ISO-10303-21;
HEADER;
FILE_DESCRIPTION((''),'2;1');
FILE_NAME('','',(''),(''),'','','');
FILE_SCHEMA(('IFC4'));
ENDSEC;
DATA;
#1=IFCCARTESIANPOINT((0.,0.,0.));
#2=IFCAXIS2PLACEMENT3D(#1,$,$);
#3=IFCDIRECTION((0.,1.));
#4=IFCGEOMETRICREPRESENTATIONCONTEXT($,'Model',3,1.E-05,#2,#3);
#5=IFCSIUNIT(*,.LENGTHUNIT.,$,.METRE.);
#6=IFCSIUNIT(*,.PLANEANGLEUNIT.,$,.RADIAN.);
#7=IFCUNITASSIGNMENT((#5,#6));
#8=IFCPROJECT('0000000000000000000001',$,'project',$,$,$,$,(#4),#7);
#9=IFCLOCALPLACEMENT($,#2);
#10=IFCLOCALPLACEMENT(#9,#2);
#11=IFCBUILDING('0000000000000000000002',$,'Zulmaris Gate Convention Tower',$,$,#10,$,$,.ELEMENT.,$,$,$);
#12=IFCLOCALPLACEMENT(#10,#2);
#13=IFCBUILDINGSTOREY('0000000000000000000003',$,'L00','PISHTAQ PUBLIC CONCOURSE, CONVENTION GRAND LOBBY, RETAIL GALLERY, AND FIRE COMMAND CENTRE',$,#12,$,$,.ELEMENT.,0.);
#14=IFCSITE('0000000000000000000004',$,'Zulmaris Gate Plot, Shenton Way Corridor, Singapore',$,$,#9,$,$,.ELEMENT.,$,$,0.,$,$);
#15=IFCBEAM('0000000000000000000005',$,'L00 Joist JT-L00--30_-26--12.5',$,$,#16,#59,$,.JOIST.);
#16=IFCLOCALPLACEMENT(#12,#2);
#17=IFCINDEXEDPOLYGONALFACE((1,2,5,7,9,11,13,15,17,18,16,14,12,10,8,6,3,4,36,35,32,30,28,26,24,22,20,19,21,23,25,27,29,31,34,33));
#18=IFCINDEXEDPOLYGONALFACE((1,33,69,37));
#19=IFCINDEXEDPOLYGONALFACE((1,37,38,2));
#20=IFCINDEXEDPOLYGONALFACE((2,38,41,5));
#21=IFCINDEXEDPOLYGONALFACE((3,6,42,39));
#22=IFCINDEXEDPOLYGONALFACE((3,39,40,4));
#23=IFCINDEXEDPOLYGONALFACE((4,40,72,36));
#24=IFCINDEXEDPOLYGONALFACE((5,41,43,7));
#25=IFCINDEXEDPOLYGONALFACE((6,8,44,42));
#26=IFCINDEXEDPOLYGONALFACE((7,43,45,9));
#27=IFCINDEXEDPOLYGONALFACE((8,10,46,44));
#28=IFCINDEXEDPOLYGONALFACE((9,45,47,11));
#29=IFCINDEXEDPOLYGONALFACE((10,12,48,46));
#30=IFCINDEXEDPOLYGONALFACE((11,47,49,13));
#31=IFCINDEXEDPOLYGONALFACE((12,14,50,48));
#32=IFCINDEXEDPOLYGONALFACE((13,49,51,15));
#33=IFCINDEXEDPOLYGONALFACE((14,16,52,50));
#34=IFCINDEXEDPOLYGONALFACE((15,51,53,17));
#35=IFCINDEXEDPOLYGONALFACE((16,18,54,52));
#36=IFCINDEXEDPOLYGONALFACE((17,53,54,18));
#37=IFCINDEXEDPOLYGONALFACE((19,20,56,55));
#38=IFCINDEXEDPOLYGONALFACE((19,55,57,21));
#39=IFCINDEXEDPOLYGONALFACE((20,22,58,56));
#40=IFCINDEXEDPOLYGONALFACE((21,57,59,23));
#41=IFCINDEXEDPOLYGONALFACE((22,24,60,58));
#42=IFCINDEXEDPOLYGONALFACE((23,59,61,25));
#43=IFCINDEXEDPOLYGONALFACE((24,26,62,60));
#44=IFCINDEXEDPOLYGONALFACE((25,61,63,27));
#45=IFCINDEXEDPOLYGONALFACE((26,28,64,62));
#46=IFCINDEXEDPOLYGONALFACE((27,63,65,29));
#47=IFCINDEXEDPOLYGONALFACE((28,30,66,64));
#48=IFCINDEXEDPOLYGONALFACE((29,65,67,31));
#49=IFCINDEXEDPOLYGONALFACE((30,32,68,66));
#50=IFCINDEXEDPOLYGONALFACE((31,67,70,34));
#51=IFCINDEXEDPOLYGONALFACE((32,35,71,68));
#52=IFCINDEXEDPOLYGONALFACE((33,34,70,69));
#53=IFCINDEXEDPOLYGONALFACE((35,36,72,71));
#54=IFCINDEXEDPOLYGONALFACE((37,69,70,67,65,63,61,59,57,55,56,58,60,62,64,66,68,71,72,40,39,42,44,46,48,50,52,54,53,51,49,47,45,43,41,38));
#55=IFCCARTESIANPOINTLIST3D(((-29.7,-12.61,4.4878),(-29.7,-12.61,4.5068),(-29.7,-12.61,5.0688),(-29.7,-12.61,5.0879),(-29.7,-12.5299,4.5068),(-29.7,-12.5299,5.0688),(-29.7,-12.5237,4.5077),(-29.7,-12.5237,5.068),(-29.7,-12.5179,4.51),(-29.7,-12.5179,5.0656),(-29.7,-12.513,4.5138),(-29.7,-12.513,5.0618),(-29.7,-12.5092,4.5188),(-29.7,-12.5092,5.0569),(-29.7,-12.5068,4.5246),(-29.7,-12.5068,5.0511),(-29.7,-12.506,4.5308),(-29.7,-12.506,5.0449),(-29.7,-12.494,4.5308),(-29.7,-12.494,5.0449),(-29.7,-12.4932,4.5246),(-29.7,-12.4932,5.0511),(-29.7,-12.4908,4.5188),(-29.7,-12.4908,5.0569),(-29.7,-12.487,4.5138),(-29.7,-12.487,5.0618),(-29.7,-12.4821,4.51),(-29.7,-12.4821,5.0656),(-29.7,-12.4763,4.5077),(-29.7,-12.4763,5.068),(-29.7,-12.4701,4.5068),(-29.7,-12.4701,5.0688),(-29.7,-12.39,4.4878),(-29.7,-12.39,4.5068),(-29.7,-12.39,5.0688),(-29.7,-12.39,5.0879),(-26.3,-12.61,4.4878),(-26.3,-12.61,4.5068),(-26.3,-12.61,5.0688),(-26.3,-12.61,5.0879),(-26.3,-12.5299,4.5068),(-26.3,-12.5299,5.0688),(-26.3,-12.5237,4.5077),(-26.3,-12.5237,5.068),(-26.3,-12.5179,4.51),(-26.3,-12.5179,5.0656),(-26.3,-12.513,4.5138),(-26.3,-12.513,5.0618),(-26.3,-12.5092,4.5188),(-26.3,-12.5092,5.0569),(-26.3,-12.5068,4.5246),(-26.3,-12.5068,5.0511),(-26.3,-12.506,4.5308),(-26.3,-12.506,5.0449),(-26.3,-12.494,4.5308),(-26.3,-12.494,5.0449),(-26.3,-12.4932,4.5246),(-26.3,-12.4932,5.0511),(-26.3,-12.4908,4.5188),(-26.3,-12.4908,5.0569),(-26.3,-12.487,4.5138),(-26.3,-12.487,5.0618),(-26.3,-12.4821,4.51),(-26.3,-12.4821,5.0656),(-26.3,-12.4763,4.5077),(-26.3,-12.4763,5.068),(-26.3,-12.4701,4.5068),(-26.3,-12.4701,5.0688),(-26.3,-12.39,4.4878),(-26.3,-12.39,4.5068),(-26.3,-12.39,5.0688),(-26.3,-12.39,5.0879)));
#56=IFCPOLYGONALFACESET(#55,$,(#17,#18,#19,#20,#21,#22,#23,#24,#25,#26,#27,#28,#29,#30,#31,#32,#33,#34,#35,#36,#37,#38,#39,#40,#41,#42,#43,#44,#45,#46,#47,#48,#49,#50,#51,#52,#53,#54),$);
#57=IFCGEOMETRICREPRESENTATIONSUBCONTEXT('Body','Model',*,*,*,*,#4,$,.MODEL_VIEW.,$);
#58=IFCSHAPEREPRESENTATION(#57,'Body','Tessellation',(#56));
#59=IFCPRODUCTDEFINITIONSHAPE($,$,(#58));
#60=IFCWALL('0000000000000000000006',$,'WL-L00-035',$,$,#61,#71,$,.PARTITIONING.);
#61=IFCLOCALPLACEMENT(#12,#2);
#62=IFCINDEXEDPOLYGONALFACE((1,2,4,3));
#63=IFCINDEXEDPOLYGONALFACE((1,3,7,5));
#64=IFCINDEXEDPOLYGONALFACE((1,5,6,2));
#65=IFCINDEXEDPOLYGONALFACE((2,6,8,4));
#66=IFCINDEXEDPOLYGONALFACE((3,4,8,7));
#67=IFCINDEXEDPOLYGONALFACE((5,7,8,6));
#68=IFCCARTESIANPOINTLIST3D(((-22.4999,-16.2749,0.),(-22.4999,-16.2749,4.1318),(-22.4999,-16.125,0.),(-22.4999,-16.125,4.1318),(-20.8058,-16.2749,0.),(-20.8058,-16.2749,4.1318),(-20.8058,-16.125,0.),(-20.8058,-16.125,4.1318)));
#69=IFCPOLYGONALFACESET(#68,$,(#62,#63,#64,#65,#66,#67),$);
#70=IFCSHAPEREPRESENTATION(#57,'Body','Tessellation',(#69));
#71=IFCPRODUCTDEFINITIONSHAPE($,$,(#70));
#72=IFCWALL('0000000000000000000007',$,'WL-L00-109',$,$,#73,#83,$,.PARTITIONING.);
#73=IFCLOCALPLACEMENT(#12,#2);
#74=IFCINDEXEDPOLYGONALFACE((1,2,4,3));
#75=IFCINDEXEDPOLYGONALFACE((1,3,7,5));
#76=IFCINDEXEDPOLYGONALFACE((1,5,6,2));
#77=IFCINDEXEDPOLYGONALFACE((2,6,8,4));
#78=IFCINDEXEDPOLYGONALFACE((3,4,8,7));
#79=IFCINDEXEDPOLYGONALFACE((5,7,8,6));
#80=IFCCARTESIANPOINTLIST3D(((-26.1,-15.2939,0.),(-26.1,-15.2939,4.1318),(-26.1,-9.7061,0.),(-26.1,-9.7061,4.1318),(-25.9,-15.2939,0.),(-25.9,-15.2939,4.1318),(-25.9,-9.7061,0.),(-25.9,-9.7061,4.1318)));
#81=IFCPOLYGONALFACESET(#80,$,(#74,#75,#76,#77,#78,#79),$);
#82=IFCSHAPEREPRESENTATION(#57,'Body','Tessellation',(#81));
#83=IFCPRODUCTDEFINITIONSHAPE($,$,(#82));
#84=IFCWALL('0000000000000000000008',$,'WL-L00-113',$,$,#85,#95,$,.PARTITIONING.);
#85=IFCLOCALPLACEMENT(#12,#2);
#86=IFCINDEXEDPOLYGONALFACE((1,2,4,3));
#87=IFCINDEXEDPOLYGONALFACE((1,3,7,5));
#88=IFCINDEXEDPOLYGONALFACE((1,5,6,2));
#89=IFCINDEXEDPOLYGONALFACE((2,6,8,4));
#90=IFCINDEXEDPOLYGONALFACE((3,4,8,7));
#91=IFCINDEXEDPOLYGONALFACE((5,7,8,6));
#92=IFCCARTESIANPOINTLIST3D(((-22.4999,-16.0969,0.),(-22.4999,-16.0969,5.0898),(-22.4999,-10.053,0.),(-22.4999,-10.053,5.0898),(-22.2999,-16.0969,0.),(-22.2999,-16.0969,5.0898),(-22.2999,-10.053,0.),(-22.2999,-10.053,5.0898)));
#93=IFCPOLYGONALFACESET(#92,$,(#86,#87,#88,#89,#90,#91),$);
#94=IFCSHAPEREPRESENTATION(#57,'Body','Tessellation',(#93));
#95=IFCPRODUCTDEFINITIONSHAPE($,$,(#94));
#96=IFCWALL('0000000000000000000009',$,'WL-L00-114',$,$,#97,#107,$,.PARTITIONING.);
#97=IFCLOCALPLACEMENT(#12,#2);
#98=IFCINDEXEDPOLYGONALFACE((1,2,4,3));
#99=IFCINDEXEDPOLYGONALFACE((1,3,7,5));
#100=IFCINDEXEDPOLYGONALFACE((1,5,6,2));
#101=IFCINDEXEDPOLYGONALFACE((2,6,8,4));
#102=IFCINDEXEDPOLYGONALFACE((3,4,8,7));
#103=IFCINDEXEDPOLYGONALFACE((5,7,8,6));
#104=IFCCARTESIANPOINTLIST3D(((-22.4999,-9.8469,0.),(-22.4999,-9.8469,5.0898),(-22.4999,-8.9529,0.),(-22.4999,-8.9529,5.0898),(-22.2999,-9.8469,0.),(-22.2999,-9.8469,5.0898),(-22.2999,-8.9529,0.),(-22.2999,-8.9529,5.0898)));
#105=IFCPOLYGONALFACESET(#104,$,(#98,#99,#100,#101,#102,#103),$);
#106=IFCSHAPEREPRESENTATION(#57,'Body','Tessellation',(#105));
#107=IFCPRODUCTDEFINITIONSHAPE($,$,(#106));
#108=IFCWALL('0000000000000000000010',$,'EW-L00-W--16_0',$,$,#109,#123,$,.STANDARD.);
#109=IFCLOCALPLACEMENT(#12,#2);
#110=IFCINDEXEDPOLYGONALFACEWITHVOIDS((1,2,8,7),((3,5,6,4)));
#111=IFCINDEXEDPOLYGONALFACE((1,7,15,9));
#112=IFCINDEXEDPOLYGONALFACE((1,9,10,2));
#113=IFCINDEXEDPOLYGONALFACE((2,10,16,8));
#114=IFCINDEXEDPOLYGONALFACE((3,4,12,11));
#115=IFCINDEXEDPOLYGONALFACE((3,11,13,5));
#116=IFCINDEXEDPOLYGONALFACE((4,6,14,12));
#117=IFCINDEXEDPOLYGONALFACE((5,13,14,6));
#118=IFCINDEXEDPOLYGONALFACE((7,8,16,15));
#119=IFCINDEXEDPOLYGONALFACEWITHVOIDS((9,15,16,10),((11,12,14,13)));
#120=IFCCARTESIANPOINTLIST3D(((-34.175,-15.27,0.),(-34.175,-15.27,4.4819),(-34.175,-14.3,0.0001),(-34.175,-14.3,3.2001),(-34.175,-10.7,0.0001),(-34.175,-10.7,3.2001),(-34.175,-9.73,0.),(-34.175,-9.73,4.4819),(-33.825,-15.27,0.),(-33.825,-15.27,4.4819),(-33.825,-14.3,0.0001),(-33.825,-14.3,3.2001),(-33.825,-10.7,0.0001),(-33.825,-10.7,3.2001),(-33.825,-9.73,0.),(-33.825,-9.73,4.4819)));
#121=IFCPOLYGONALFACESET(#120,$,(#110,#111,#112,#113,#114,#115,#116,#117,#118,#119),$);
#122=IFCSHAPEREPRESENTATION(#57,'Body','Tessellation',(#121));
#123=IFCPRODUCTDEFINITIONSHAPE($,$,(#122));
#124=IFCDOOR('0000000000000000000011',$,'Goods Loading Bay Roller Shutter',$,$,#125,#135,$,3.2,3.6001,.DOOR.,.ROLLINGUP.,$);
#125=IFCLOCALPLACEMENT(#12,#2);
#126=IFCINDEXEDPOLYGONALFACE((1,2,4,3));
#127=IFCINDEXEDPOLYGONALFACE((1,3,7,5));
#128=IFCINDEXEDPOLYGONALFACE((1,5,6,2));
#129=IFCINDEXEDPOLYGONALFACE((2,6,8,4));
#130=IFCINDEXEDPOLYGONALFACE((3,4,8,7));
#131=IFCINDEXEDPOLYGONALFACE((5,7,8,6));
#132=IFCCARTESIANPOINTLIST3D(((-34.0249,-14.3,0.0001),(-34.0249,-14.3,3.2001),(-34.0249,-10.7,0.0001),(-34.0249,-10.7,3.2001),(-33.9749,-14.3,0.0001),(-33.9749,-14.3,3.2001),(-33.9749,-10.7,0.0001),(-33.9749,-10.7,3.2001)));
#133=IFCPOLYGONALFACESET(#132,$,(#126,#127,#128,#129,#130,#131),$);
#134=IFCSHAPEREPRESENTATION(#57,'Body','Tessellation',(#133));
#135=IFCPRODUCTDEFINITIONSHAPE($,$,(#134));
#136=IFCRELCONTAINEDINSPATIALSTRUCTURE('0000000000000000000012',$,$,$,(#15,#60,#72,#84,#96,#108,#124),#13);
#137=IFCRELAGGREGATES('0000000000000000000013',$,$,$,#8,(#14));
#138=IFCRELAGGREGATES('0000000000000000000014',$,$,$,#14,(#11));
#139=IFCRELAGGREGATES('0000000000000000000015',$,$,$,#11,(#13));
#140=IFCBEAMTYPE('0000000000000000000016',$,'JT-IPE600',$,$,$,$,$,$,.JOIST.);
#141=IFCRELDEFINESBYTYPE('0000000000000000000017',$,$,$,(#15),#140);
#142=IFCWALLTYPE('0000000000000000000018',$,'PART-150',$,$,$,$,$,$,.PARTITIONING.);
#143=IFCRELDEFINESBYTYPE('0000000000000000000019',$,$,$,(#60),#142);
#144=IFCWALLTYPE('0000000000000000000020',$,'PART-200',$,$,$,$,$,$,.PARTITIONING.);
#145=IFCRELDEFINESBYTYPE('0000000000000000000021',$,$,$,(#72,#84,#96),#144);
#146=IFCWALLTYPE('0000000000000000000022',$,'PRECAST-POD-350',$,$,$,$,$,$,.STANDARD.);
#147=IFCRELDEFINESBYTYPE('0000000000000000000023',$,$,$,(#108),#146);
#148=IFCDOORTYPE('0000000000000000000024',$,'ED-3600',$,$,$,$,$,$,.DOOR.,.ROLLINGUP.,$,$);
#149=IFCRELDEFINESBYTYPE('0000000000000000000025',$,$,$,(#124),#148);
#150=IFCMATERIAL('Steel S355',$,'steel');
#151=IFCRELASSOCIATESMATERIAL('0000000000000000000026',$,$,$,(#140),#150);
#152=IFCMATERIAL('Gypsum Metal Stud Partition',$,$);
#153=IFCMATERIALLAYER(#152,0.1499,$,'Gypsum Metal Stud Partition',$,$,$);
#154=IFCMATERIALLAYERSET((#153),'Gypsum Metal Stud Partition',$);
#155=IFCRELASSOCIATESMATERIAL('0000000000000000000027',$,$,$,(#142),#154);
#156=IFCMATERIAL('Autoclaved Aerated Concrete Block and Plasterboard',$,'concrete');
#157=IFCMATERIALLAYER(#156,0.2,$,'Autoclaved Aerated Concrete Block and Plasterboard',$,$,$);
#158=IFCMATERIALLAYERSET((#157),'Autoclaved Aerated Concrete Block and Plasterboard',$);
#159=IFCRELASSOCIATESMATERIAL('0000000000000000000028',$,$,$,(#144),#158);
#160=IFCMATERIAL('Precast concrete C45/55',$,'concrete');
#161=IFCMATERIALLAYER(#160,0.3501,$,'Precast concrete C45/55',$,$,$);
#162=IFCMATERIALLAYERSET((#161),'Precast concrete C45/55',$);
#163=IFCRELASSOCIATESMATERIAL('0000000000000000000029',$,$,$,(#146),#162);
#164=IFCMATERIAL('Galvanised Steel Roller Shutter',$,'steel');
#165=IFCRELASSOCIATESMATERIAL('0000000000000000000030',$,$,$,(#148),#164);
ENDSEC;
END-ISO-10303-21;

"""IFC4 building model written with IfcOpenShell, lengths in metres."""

from ifc_helpers import new_model, si_unit, direction, frame, frame_2d, origin, origin_2d, place, context, subcontext, project, spatial, rectangle, i_section, extrude, material, layer, layer_set, material_profile, profile_set, type_object, element, fill, save


model = new_model("IFC4")

# Units and contexts
model_context = context("Model", 3, precision=1e-05, world=origin(), true_north=direction((0.0, 1.0)))
body_context = subcontext(model_context, "Body", "Model", "MODEL_VIEW")
ifc_project = project(units=[si_unit("LENGTHUNIT", "METRE"), si_unit("PLANEANGLEUNIT", "RADIAN")], contexts=[model_context])

# Site, building, storey
site_placement = place(None, origin())
site = spatial("IfcSite", under=ifc_project, at=site_placement, Name="Zulmaris Gate Plot, Shenton Way Corridor, Singapore", CompositionType="ELEMENT", RefElevation=0.0)
building_placement = place(site_placement, origin())
building = spatial("IfcBuilding", under=site, at=building_placement, Name="Zulmaris Gate Convention Tower", CompositionType="ELEMENT")
storey_placement = place(building_placement, origin())
storey = spatial("IfcBuildingStorey", under=building, at=storey_placement, Name="L00", Description="PISHTAQ PUBLIC CONCOURSE, CONVENTION GRAND LOBBY, RETAIL GALLERY, AND FIRE COMMAND CENTRE", CompositionType="ELEMENT", Elevation=0.0)

# Beam
ifc_material_1 = material(Name="Steel S355", Category="steel")
ifc_material_profile_1 = material_profile(ifc_material_1, i_section(OverallWidth=0.22, OverallDepth=0.6001, WebThickness=0.012, FlangeThickness=0.019, FilletRadius=0.0239, at=origin_2d()), Name="IPE 600")
ifc_profile_set_1 = profile_set([ifc_material_profile_1], Name="Steel S355")
beam_type_1 = type_object("IfcBeamType", Name="JT-IPE600", PredefinedType="JOIST", material=ifc_profile_set_1)
beam_1_placement = place(storey_placement, frame((-29.7, -12.5, 4.7878), z_axis=(1.0, 0.0, 0.0), x_axis=(0.0, 1.0, 0.0)))
element("IfcBeam", 1, at=beam_1_placement, inside=storey, type_object=beam_type_1, Name="L00 Joist JT-L00--30_-26--12.5", PredefinedType="JOIST", context=body_context, shape_type="SweptSolid", body=[
    extrude(i_section(OverallWidth=0.22, OverallDepth=0.6001, WebThickness=0.012, FlangeThickness=0.019, FilletRadius=0.0239, at=origin_2d()), origin(), (0.0, 0.0, 1.0), 3.3999),
])

# Wall
ifc_material_2 = material(Name="Gypsum Metal Stud Partition")
ifc_layer_1 = layer(ifc_material_2, 0.1499, Name="Gypsum Metal Stud Partition")
ifc_layer_set_1 = layer_set([ifc_layer_1], Name="Gypsum Metal Stud Partition")
wall_type_1 = type_object("IfcWallType", Name="PART-150", PredefinedType="PARTITIONING", material=ifc_layer_set_1)
wall_1_placement = place(storey_placement, frame((-22.5, -16.2, 0.0), z_axis=(0.0, 0.0, 1.0), x_axis=(1.0, 0.0, 0.0)))
element("IfcWall", 2, at=wall_1_placement, inside=storey, type_object=wall_type_1, Name="WL-L00-035", PredefinedType="PARTITIONING", context=body_context, shape_type="SweptSolid", body=[
    extrude(rectangle(XDim=1.6941, YDim=0.1499, at=frame_2d((0.8472, 0.0))), origin(), (0.0, 0.0, 1.0), 4.1318),
])

# Shared definitions
ifc_material_3 = material(Name="Autoclaved Aerated Concrete Block and Plasterboard", Category="concrete")
ifc_layer_2 = layer(ifc_material_3, 0.2, Name="Autoclaved Aerated Concrete Block and Plasterboard")
ifc_layer_set_2 = layer_set([ifc_layer_2], Name="Autoclaved Aerated Concrete Block and Plasterboard")
wall_type_2 = type_object("IfcWallType", Name="PART-200", PredefinedType="PARTITIONING", material=ifc_layer_set_2)

# Walls
wall_2_placement = place(storey_placement, frame((-26.0, -15.2939, 0.0), z_axis=(0.0, 0.0, 1.0), x_axis=(0.0, 1.0, 0.0)))
element("IfcWall", 3, at=wall_2_placement, inside=storey, type_object=wall_type_2, Name="WL-L00-109", PredefinedType="PARTITIONING", context=body_context, shape_type="SweptSolid", body=[
    extrude(rectangle(XDim=5.5879, YDim=0.2, at=frame_2d((2.7939, 0.0))), origin(), (0.0, 0.0, 1.0), 4.1318),
])
wall_3_placement = place(storey_placement, frame((-22.3999, -16.0969, 0.0), z_axis=(0.0, 0.0, 1.0), x_axis=(0.0, 1.0, 0.0)))
element("IfcWall", 4, at=wall_3_placement, inside=storey, type_object=wall_type_2, Name="WL-L00-113", PredefinedType="PARTITIONING", context=body_context, shape_type="SweptSolid", body=[
    extrude(rectangle(XDim=6.0439, YDim=0.2, at=frame_2d((3.022, 0.0))), origin(), (0.0, 0.0, 1.0), 5.0898),
])
wall_4_placement = place(storey_placement, frame((-22.3999, -9.8469, 0.0), z_axis=(0.0, 0.0, 1.0), x_axis=(0.0, 1.0, 0.0)))
element("IfcWall", 5, at=wall_4_placement, inside=storey, type_object=wall_type_2, Name="WL-L00-114", PredefinedType="PARTITIONING", context=body_context, shape_type="SweptSolid", body=[
    extrude(rectangle(XDim=0.894, YDim=0.2, at=frame_2d((0.447, 0.0))), origin(), (0.0, 0.0, 1.0), 5.0898),
])

# Wall, opening, door
ifc_material_4 = material(Name="Precast concrete C45/55", Category="concrete")
ifc_layer_3 = layer(ifc_material_4, 0.3501, Name="Precast concrete C45/55")
ifc_layer_set_3 = layer_set([ifc_layer_3], Name="Precast concrete C45/55")
wall_type_3 = type_object("IfcWallType", Name="PRECAST-POD-350", PredefinedType="STANDARD", material=ifc_layer_set_3)
wall_5_placement = place(storey_placement, frame((-34.0, -15.27, 0.0), z_axis=(0.0, 0.0, 1.0), x_axis=(0.0, 1.0, 0.0)))
wall_5 = element("IfcWall", 6, at=wall_5_placement, inside=storey, type_object=wall_type_3, Name="EW-L00-W--16_0", PredefinedType="STANDARD", context=body_context, shape_type="SweptSolid", body=[
    extrude(rectangle(XDim=5.54, YDim=0.3501, at=frame_2d((2.77, 0.0))), origin(), (0.0, 0.0, 1.0), 4.4819),
])
opening_1_placement = place(wall_5_placement, frame((0.97, 0.0, 0.0)))
opening_1 = element("IfcOpeningElement", 7, at=opening_1_placement, cuts=wall_5, PredefinedType="OPENING", context=body_context, shape_type="SweptSolid", body=[
    extrude(rectangle(XDim=3.6001, YDim=3.2, at=frame_2d((1.8, 1.6001))), frame((0.0, 0.1851, 0.0), z_axis=(0.0, -1.0, 0.0), x_axis=(1.0, 0.0, 0.0)), (0.0, 0.0, 1.0), 0.3701),
])
ifc_material_5 = material(Name="Galvanised Steel Roller Shutter", Category="steel")
door_type_1 = type_object("IfcDoorType", Name="ED-3600", OperationType="ROLLINGUP", PredefinedType="DOOR", material=ifc_material_5)
door_1_placement = place(opening_1_placement, origin())
door_1 = element("IfcDoor", 8, at=door_1_placement, inside=storey, type_object=door_type_1, Name="Goods Loading Bay Roller Shutter", OperationType="ROLLINGUP", OverallHeight=3.2, OverallWidth=3.6001, PredefinedType="DOOR", context=body_context, shape_type="SweptSolid", body=[
    extrude(rectangle(XDim=3.6001, YDim=3.2, at=frame_2d((1.8, 1.6001))), frame((0.0, 0.0249, 0.0), z_axis=(0.0, -1.0, 0.0), x_axis=(1.0, 0.0, 0.0)), (0.0, 0.0, 1.0), 0.05),
])
fill(opening_1, door_1)

save(model, "model.ifc")
